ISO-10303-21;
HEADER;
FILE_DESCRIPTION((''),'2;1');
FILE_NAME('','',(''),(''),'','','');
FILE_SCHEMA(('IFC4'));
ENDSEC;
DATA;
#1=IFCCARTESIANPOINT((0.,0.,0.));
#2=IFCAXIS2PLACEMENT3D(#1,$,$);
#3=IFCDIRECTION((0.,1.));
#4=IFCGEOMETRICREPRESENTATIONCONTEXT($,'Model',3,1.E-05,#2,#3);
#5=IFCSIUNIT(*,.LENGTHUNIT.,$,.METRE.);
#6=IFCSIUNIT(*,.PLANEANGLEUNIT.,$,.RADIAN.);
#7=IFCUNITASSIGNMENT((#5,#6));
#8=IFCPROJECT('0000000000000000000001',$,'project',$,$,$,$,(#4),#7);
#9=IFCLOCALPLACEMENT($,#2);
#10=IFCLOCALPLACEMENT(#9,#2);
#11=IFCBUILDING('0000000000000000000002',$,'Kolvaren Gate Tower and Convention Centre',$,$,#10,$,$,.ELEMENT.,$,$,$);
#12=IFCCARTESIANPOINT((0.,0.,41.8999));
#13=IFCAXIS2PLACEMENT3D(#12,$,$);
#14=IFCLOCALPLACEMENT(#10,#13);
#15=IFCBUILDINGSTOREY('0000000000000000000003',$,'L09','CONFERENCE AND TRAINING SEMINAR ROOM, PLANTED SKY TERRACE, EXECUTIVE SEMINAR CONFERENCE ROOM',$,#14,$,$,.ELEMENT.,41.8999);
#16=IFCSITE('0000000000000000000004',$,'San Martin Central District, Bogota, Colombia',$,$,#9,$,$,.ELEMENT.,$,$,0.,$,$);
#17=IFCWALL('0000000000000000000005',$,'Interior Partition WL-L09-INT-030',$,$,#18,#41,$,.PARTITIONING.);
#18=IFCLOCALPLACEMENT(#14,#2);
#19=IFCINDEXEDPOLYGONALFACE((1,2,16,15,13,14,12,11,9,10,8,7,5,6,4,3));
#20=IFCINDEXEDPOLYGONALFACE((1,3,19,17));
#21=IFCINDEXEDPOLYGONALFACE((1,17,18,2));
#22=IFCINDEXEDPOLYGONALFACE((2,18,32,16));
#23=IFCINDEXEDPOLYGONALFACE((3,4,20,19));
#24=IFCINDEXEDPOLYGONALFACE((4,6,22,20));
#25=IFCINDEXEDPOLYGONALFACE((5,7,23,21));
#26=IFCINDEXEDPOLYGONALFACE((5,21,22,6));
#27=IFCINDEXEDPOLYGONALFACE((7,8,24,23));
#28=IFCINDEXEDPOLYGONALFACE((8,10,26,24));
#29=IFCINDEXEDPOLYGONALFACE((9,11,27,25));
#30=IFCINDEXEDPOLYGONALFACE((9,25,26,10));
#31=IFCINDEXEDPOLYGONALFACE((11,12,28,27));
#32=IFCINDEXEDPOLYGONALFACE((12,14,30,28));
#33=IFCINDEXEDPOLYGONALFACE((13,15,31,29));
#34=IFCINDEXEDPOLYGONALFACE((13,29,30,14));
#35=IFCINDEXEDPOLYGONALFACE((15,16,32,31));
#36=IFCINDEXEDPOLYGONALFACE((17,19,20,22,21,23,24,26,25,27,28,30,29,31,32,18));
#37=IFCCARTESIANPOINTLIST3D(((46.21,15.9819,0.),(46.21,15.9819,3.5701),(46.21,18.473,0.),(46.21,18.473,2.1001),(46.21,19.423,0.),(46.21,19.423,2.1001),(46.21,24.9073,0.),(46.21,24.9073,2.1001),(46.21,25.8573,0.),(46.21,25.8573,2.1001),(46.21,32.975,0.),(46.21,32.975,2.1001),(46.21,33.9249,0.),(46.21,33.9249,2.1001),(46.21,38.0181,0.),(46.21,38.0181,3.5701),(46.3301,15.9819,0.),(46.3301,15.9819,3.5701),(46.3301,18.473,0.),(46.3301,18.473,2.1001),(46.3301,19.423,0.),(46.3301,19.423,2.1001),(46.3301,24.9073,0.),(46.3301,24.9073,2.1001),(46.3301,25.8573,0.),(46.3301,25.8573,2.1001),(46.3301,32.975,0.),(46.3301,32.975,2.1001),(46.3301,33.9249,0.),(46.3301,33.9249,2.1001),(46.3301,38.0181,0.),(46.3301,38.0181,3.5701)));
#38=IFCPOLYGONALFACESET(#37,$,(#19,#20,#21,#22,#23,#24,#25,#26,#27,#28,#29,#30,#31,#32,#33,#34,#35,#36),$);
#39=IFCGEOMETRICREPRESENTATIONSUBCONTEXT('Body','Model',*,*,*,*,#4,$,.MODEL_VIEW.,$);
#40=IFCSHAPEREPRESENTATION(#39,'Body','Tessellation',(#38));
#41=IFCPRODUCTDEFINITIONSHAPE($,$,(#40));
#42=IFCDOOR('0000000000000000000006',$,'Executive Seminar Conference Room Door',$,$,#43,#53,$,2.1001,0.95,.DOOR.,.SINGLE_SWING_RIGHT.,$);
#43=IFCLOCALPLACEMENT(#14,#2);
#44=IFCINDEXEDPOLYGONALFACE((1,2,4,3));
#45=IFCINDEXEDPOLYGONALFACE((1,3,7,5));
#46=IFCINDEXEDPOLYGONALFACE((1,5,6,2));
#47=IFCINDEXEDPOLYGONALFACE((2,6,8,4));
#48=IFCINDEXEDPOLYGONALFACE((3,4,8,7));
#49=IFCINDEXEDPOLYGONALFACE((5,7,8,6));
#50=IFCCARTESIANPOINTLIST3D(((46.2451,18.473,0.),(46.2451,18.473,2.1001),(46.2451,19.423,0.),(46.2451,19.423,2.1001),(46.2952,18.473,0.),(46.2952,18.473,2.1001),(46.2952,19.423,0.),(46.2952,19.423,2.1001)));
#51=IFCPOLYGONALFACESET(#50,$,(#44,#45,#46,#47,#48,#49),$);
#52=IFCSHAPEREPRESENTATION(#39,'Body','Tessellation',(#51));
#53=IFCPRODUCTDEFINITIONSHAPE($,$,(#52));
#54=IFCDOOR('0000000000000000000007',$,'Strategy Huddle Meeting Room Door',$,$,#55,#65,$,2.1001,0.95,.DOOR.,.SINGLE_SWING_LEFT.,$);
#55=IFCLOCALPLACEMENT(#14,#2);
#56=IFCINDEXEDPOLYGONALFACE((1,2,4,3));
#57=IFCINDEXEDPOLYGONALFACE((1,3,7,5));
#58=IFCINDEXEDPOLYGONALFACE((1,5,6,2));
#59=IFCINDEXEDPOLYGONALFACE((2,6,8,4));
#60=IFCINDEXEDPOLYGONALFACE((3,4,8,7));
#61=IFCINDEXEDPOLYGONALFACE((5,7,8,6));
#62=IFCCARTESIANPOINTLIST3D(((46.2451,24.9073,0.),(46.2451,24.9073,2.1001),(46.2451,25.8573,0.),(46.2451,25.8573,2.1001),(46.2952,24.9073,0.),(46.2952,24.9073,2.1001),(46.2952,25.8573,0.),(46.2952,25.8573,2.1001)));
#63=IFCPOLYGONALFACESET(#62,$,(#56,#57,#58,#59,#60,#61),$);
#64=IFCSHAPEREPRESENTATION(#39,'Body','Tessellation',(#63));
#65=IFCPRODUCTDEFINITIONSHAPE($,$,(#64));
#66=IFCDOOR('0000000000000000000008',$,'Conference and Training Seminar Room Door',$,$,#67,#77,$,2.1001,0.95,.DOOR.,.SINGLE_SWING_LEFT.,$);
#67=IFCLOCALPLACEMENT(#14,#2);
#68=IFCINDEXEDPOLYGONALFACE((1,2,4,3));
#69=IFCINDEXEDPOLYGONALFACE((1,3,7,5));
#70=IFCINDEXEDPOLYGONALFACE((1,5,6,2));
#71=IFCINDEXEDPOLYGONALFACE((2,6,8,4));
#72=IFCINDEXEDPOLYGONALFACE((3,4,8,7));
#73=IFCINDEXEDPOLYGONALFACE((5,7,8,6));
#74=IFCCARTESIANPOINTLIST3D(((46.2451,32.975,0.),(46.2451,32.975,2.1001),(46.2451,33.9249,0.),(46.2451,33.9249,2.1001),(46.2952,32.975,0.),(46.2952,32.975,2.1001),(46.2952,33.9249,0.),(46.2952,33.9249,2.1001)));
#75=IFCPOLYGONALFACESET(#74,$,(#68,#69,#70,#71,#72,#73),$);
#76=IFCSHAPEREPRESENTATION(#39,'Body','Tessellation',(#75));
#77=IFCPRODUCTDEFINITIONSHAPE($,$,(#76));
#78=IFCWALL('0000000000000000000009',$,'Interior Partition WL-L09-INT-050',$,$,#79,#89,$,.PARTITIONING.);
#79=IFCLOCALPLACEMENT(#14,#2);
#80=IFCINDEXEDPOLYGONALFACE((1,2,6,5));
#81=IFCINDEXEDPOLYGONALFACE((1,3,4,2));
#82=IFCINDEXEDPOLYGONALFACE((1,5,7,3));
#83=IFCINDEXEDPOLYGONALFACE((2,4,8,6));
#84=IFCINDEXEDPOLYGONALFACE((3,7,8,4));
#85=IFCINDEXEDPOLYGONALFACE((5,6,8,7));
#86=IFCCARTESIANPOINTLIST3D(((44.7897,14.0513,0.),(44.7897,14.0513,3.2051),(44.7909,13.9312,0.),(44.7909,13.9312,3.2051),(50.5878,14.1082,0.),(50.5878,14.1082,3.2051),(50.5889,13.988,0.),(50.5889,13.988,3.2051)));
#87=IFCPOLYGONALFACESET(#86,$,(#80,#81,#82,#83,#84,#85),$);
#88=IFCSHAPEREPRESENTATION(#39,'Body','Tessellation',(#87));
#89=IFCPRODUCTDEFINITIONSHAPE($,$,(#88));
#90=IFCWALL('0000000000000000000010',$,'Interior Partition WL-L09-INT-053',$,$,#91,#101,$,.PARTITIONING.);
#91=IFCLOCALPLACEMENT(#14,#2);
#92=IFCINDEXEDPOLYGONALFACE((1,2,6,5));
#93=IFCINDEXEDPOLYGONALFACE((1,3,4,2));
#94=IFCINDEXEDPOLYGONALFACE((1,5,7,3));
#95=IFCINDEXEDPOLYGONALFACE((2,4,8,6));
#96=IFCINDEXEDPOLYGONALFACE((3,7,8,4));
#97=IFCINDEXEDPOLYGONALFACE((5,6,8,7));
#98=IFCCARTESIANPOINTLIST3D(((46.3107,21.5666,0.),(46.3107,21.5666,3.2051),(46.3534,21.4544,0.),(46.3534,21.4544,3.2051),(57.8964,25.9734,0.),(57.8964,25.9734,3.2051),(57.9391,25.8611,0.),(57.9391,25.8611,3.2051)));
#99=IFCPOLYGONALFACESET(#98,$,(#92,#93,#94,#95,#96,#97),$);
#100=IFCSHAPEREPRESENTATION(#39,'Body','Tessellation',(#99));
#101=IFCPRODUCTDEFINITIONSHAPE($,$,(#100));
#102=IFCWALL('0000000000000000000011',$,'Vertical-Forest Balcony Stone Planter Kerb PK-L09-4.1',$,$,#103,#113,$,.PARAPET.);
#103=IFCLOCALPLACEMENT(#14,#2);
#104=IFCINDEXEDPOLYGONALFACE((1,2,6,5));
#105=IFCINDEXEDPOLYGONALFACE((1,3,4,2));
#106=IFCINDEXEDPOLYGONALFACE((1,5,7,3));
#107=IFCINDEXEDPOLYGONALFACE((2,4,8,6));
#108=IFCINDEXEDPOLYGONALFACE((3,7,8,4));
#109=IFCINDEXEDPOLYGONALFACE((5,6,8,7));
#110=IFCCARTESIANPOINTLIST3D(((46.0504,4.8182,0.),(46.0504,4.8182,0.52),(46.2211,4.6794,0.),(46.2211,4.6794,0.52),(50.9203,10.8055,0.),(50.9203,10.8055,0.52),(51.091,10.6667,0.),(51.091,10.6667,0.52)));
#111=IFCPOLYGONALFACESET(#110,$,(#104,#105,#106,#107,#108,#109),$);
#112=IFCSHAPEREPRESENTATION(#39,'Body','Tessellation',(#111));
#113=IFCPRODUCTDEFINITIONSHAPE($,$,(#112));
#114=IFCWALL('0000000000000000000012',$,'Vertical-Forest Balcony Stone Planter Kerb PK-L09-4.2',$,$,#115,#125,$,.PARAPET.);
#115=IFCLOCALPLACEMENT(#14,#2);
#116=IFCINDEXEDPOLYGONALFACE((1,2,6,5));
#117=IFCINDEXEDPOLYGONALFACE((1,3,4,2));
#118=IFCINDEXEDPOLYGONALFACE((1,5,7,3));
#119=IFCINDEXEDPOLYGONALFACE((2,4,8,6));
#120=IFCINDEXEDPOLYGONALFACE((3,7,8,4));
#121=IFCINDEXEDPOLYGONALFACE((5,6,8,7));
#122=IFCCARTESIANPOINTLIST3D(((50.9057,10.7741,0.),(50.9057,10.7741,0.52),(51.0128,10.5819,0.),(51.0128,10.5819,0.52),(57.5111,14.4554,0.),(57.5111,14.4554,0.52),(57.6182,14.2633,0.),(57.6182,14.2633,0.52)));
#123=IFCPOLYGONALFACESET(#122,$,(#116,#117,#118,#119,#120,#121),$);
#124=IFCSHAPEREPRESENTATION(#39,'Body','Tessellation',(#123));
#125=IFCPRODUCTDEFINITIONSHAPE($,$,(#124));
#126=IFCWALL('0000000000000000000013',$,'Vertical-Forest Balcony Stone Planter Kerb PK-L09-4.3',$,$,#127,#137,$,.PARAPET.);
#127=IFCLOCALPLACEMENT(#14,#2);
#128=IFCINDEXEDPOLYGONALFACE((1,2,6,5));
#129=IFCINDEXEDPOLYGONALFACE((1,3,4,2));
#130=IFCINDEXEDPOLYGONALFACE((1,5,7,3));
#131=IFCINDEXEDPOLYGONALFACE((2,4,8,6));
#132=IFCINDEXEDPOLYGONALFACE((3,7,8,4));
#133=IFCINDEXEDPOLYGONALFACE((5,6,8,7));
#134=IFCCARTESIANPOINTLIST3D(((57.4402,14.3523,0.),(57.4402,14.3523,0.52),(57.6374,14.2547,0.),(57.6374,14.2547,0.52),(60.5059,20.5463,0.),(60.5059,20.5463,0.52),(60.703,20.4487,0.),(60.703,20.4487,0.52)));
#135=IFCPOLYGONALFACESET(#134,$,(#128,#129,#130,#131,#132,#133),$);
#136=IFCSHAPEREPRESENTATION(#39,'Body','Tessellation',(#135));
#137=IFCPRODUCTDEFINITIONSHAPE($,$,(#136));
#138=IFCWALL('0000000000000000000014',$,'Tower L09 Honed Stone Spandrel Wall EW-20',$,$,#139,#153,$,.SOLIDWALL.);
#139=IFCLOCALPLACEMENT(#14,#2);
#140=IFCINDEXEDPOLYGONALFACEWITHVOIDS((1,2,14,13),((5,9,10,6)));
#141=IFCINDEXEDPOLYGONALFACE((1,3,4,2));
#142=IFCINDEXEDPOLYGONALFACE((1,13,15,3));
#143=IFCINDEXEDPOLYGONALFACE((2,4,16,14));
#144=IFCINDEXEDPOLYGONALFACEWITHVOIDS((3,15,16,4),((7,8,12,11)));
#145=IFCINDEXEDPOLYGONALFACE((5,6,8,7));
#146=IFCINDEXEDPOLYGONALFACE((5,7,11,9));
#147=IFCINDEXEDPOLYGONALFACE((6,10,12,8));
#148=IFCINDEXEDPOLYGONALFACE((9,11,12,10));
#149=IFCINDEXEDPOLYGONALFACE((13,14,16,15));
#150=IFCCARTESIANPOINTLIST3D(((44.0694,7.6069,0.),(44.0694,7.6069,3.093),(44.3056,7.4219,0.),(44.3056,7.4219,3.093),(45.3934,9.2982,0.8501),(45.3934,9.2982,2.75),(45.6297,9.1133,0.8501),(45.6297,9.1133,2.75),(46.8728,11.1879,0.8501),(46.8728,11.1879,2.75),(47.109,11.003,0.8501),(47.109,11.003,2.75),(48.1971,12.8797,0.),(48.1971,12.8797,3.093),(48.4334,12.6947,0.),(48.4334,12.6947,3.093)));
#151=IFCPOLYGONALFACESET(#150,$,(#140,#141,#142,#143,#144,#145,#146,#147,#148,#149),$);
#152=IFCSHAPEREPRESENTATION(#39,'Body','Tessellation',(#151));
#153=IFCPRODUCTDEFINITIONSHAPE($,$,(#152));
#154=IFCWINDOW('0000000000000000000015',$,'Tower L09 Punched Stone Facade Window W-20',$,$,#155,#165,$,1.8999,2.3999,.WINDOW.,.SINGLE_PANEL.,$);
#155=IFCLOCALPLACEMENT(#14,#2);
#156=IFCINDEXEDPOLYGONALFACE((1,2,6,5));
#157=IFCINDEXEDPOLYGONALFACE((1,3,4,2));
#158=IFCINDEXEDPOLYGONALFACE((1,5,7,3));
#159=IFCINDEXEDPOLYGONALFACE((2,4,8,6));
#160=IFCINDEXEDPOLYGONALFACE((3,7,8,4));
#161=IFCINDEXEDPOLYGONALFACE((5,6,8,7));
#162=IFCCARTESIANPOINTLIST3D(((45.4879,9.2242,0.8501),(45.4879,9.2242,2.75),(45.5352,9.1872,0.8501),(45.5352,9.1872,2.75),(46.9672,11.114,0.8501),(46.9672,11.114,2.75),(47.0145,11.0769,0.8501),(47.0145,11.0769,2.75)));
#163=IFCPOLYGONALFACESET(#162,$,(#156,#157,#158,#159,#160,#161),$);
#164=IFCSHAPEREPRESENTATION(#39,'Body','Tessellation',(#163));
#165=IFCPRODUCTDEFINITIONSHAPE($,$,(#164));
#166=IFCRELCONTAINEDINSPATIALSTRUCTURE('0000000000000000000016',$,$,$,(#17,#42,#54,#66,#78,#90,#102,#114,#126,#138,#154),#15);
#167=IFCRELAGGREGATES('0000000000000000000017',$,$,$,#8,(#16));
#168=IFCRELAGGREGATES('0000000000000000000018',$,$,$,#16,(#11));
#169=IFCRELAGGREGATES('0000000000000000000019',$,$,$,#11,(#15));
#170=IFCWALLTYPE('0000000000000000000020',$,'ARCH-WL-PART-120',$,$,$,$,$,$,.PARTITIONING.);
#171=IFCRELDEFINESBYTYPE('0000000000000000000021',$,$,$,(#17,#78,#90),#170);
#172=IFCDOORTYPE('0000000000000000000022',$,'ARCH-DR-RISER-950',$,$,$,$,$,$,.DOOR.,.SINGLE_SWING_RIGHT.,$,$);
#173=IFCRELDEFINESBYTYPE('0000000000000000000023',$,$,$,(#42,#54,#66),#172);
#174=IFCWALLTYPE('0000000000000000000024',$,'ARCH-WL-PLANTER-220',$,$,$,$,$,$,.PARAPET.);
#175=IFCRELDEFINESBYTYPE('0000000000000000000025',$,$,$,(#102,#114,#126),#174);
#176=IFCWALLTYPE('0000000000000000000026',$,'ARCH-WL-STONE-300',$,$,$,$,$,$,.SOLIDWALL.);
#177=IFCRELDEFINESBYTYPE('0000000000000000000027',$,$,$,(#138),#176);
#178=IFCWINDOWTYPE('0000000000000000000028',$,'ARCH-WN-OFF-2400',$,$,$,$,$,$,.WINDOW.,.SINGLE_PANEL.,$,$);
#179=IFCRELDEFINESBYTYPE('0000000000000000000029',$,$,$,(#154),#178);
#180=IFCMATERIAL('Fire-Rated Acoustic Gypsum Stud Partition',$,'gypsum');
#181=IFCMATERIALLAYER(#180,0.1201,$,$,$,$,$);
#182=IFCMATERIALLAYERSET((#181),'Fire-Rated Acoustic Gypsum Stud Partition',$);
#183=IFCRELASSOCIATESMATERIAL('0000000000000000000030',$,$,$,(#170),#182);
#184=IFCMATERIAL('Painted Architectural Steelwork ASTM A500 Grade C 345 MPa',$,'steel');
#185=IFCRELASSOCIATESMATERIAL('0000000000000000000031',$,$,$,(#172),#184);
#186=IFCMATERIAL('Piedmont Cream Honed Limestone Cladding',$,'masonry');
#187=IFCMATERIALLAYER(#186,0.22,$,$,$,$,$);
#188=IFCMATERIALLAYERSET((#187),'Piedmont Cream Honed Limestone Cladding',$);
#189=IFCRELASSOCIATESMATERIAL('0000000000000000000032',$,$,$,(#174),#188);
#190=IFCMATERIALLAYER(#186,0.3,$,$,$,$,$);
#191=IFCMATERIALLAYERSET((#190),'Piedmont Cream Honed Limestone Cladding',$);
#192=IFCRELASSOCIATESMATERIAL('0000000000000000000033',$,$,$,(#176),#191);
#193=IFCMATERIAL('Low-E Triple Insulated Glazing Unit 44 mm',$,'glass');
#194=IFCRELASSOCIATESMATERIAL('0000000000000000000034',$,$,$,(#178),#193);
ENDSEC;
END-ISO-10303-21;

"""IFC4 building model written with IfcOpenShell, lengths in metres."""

from ifc_helpers import new_model, si_unit, direction, frame, frame_2d, origin, place, context, subcontext, project, spatial, rectangle, extrude, material, layer, layer_set, type_object, element, fill, save


model = new_model("IFC4")

# Units and contexts
model_context = context("Model", 3, precision=1e-05, world=origin(), true_north=direction((0.0, 1.0)))
body_context = subcontext(model_context, "Body", "Model", "MODEL_VIEW")
ifc_project = project(units=[si_unit("LENGTHUNIT", "METRE"), si_unit("PLANEANGLEUNIT", "RADIAN")], contexts=[model_context])

# Site, building, storey
site_placement = place(None, origin())
site = spatial("IfcSite", under=ifc_project, at=site_placement, Name="San Martin Central District, Bogota, Colombia", CompositionType="ELEMENT", RefElevation=0.0)
building_placement = place(site_placement, origin())
building = spatial("IfcBuilding", under=site, at=building_placement, Name="Kolvaren Gate Tower and Convention Centre", CompositionType="ELEMENT")
storey_placement = place(building_placement, frame((0.0, 0.0, 41.8999)))
storey = spatial("IfcBuildingStorey", under=building, at=storey_placement, Name="L09", Description="CONFERENCE AND TRAINING SEMINAR ROOM, PLANTED SKY TERRACE, EXECUTIVE SEMINAR CONFERENCE ROOM", CompositionType="ELEMENT", Elevation=41.8999)

# Shared definitions
ifc_material_1 = material(Name="Fire-Rated Acoustic Gypsum Stud Partition", Category="gypsum")
ifc_layer_1 = layer(ifc_material_1, 0.1201)
ifc_layer_set_1 = layer_set([ifc_layer_1], Name="Fire-Rated Acoustic Gypsum Stud Partition")
wall_type_1 = type_object("IfcWallType", Name="ARCH-WL-PART-120", PredefinedType="PARTITIONING", material=ifc_layer_set_1)
ifc_material_2 = material(Name="Painted Architectural Steelwork ASTM A500 Grade C 345 MPa", Category="steel")
door_type_1 = type_object("IfcDoorType", Name="ARCH-DR-RISER-950", OperationType="SINGLE_SWING_RIGHT", PredefinedType="DOOR", material=ifc_material_2)

# Wall, openings, doors
wall_1_placement = place(storey_placement, frame((46.27, 15.9819, 0.0), z_axis=(0.0, 0.0, 1.0), x_axis=(0.0, 1.0, 0.0)))
wall_1 = element("IfcWall", 1, at=wall_1_placement, inside=storey, type_object=wall_type_1, Name="Interior Partition WL-L09-INT-030", PredefinedType="PARTITIONING", context=body_context, shape_type="SweptSolid", body=[
    extrude(rectangle(XDim=22.0361, YDim=0.1201, at=frame_2d((11.0181, 0.0))), origin(), (0.0, 0.0, 1.0), 3.5701),
])
opening_1_placement = place(wall_1_placement, frame((2.491, 0.0, 0.0)))
opening_1 = element("IfcOpeningElement", 2, at=opening_1_placement, cuts=wall_1, PredefinedType="OPENING", context=body_context, shape_type="SweptSolid", body=[
    extrude(rectangle(XDim=0.95, YDim=2.1001, at=frame_2d((0.4751, 1.05))), frame((0.0, 0.0701, 0.0), z_axis=(0.0, -1.0, 0.0), x_axis=(1.0, 0.0, 0.0)), (0.0, 0.0, 1.0), 0.1401),
])
opening_2_placement = place(wall_1_placement, frame((8.9253, 0.0, 0.0)))
opening_2 = element("IfcOpeningElement", 3, at=opening_2_placement, cuts=wall_1, PredefinedType="OPENING", context=body_context, shape_type="SweptSolid", body=[
    extrude(rectangle(XDim=0.95, YDim=2.1001, at=frame_2d((0.4751, 1.05))), frame((0.0, 0.0701, 0.0), z_axis=(0.0, -1.0, 0.0), x_axis=(1.0, 0.0, 0.0)), (0.0, 0.0, 1.0), 0.1401),
])
opening_3_placement = place(wall_1_placement, frame((16.9929, 0.0, 0.0)))
opening_3 = element("IfcOpeningElement", 4, at=opening_3_placement, cuts=wall_1, PredefinedType="OPENING", context=body_context, shape_type="SweptSolid", body=[
    extrude(rectangle(XDim=0.95, YDim=2.1001, at=frame_2d((0.4751, 1.05))), frame((0.0, 0.0701, 0.0), z_axis=(0.0, -1.0, 0.0), x_axis=(1.0, 0.0, 0.0)), (0.0, 0.0, 1.0), 0.1401),
])
door_1_placement = place(opening_1_placement, origin())
door_1 = element("IfcDoor", 5, at=door_1_placement, inside=storey, type_object=door_type_1, Name="Executive Seminar Conference Room Door", OperationType="SINGLE_SWING_RIGHT", OverallHeight=2.1001, OverallWidth=0.95, PredefinedType="DOOR", context=body_context, shape_type="SweptSolid", body=[
    extrude(rectangle(XDim=0.95, YDim=2.1001, at=frame_2d((0.4751, 1.05))), frame((0.0, 0.0249, 0.0), z_axis=(0.0, -1.0, 0.0), x_axis=(1.0, 0.0, 0.0)), (0.0, 0.0, 1.0), 0.05),
])
fill(opening_1, door_1)
door_2_placement = place(opening_2_placement, origin())
door_2 = element("IfcDoor", 6, at=door_2_placement, inside=storey, type_object=door_type_1, Name="Strategy Huddle Meeting Room Door", OperationType="SINGLE_SWING_LEFT", OverallHeight=2.1001, OverallWidth=0.95, PredefinedType="DOOR", context=body_context, shape_type="SweptSolid", body=[
    extrude(rectangle(XDim=0.95, YDim=2.1001, at=frame_2d((0.4751, 1.05))), frame((0.0, 0.0249, 0.0), z_axis=(0.0, -1.0, 0.0), x_axis=(1.0, 0.0, 0.0)), (0.0, 0.0, 1.0), 0.05),
])
fill(opening_2, door_2)
door_3_placement = place(opening_3_placement, origin())
door_3 = element("IfcDoor", 7, at=door_3_placement, inside=storey, type_object=door_type_1, Name="Conference and Training Seminar Room Door", OperationType="SINGLE_SWING_LEFT", OverallHeight=2.1001, OverallWidth=0.95, PredefinedType="DOOR", context=body_context, shape_type="SweptSolid", body=[
    extrude(rectangle(XDim=0.95, YDim=2.1001, at=frame_2d((0.4751, 1.05))), frame((0.0, 0.0249, 0.0), z_axis=(0.0, -1.0, 0.0), x_axis=(1.0, 0.0, 0.0)), (0.0, 0.0, 1.0), 0.05),
])
fill(opening_3, door_3)

# Walls
wall_2_placement = place(storey_placement, frame((44.7903, 13.9912, 0.0), z_axis=(0.0, 0.0, 1.0), x_axis=(0.999952, 0.00981, 0.0)))
element("IfcWall", 8, at=wall_2_placement, inside=storey, type_object=wall_type_1, Name="Interior Partition WL-L09-INT-050", PredefinedType="PARTITIONING", context=body_context, shape_type="SweptSolid", body=[
    extrude(rectangle(XDim=5.7983, YDim=0.1201, at=frame_2d((2.8992, 0.0))), origin(), (0.0, 0.0, 1.0), 3.2051),
])
wall_3_placement = place(storey_placement, frame((46.332, 21.5105, 0.0), z_axis=(0.0, 0.0, 1.0), x_axis=(0.934672, 0.355512, 0.0)))
element("IfcWall", 9, at=wall_3_placement, inside=storey, type_object=wall_type_1, Name="Interior Partition WL-L09-INT-053", PredefinedType="PARTITIONING", context=body_context, shape_type="SweptSolid", body=[
    extrude(rectangle(XDim=12.3955, YDim=0.1201, at=frame_2d((6.1978, 0.0))), origin(), (0.0, 0.0, 1.0), 3.2051),
])
ifc_material_3 = material(Name="Piedmont Cream Honed Limestone Cladding", Category="masonry")
ifc_layer_2 = layer(ifc_material_3, 0.22)
ifc_layer_set_2 = layer_set([ifc_layer_2], Name="Piedmont Cream Honed Limestone Cladding")
wall_type_2 = type_object("IfcWallType", Name="ARCH-WL-PLANTER-220", PredefinedType="PARAPET", material=ifc_layer_set_2)
wall_4_placement = place(storey_placement, frame((46.1357, 4.7488, 0.0), z_axis=(0.0, 0.0, 1.0), x_axis=(0.630997, 0.775785, 0.0)))
element("IfcWall", 10, at=wall_4_placement, inside=storey, type_object=wall_type_2, Name="Vertical-Forest Balcony Stone Planter Kerb PK-L09-4.1", PredefinedType="PARAPET", context=body_context, shape_type="SweptSolid", body=[
    extrude(rectangle(XDim=7.7178, YDim=0.22, at=frame_2d((3.8589, 0.0))), origin(), (0.0, 0.0, 1.0), 0.52),
])
wall_5_placement = place(storey_placement, frame((50.9592, 10.678, 0.0), z_axis=(0.0, 0.0, 1.0), x_axis=(0.8735, 0.486824, 0.0)))
element("IfcWall", 11, at=wall_5_placement, inside=storey, type_object=wall_type_2, Name="Vertical-Forest Balcony Stone Planter Kerb PK-L09-4.2", PredefinedType="PARAPET", context=body_context, shape_type="SweptSolid", body=[
    extrude(rectangle(XDim=7.562, YDim=0.22, at=frame_2d((3.781, 0.0))), origin(), (0.0, 0.0, 1.0), 0.52),
])
wall_6_placement = place(storey_placement, frame((57.5388, 14.3035, 0.0), z_axis=(0.0, 0.0, 1.0), x_axis=(0.443578, 0.896236, 0.0)))
element("IfcWall", 12, at=wall_6_placement, inside=storey, type_object=wall_type_2, Name="Vertical-Forest Balcony Stone Planter Kerb PK-L09-4.3", PredefinedType="PARAPET", context=body_context, shape_type="SweptSolid", body=[
    extrude(rectangle(XDim=6.9111, YDim=0.22, at=frame_2d((3.4556, 0.0))), origin(), (0.0, 0.0, 1.0), 0.52),
])

# Wall, opening, window
ifc_layer_3 = layer(ifc_material_3, 0.3)
ifc_layer_set_3 = layer_set([ifc_layer_3], Name="Piedmont Cream Honed Limestone Cladding")
wall_type_3 = type_object("IfcWallType", Name="ARCH-WL-STONE-300", PredefinedType="SOLIDWALL", material=ifc_layer_set_3)
wall_7_placement = place(storey_placement, frame((44.1875, 7.5144, 0.0), z_axis=(0.0, 0.0, 1.0), x_axis=(0.616421, 0.787417, 0.0)))
wall_7 = element("IfcWall", 13, at=wall_7_placement, inside=storey, type_object=wall_type_3, Name="Tower L09 Honed Stone Spandrel Wall EW-20", PredefinedType="SOLIDWALL", context=body_context, shape_type="SweptSolid", body=[
    extrude(rectangle(XDim=6.6963, YDim=0.3, at=frame_2d((3.3481, 0.0))), origin(), (0.0, 0.0, 1.0), 3.093),
])
opening_4_placement = place(wall_7_placement, frame((2.1479, 0.0, 0.8501)))
opening_4 = element("IfcOpeningElement", 14, at=opening_4_placement, cuts=wall_7, PredefinedType="OPENING", context=body_context, shape_type="SweptSolid", body=[
    extrude(rectangle(XDim=2.3999, YDim=1.8999, at=frame_2d((1.2, 0.95))), frame((0.0, 0.1599, 0.0), z_axis=(0.0, -1.0, 0.0), x_axis=(1.0, 0.0, 0.0)), (0.0, 0.0, 1.0), 0.3201),
])
ifc_material_4 = material(Name="Low-E Triple Insulated Glazing Unit 44 mm", Category="glass")
window_type = type_object("IfcWindowType", Name="ARCH-WN-OFF-2400", PartitioningType="SINGLE_PANEL", PredefinedType="WINDOW", material=ifc_material_4)
window_1_placement = place(opening_4_placement, origin())
window_1 = element("IfcWindow", 15, at=window_1_placement, inside=storey, type_object=window_type, Name="Tower L09 Punched Stone Facade Window W-20", OverallHeight=1.8999, OverallWidth=2.3999, PartitioningType="SINGLE_PANEL", PredefinedType="WINDOW", context=body_context, shape_type="SweptSolid", body=[
    extrude(rectangle(XDim=2.3999, YDim=1.8999, at=frame_2d((1.2, 0.95))), frame((0.0, 0.03, 0.0), z_axis=(0.0, -1.0, 0.0), x_axis=(1.0, 0.0, 0.0)), (0.0, 0.0, 1.0), 0.0601),
])
fill(opening_4, window_1)

save(model, "model.ifc")
